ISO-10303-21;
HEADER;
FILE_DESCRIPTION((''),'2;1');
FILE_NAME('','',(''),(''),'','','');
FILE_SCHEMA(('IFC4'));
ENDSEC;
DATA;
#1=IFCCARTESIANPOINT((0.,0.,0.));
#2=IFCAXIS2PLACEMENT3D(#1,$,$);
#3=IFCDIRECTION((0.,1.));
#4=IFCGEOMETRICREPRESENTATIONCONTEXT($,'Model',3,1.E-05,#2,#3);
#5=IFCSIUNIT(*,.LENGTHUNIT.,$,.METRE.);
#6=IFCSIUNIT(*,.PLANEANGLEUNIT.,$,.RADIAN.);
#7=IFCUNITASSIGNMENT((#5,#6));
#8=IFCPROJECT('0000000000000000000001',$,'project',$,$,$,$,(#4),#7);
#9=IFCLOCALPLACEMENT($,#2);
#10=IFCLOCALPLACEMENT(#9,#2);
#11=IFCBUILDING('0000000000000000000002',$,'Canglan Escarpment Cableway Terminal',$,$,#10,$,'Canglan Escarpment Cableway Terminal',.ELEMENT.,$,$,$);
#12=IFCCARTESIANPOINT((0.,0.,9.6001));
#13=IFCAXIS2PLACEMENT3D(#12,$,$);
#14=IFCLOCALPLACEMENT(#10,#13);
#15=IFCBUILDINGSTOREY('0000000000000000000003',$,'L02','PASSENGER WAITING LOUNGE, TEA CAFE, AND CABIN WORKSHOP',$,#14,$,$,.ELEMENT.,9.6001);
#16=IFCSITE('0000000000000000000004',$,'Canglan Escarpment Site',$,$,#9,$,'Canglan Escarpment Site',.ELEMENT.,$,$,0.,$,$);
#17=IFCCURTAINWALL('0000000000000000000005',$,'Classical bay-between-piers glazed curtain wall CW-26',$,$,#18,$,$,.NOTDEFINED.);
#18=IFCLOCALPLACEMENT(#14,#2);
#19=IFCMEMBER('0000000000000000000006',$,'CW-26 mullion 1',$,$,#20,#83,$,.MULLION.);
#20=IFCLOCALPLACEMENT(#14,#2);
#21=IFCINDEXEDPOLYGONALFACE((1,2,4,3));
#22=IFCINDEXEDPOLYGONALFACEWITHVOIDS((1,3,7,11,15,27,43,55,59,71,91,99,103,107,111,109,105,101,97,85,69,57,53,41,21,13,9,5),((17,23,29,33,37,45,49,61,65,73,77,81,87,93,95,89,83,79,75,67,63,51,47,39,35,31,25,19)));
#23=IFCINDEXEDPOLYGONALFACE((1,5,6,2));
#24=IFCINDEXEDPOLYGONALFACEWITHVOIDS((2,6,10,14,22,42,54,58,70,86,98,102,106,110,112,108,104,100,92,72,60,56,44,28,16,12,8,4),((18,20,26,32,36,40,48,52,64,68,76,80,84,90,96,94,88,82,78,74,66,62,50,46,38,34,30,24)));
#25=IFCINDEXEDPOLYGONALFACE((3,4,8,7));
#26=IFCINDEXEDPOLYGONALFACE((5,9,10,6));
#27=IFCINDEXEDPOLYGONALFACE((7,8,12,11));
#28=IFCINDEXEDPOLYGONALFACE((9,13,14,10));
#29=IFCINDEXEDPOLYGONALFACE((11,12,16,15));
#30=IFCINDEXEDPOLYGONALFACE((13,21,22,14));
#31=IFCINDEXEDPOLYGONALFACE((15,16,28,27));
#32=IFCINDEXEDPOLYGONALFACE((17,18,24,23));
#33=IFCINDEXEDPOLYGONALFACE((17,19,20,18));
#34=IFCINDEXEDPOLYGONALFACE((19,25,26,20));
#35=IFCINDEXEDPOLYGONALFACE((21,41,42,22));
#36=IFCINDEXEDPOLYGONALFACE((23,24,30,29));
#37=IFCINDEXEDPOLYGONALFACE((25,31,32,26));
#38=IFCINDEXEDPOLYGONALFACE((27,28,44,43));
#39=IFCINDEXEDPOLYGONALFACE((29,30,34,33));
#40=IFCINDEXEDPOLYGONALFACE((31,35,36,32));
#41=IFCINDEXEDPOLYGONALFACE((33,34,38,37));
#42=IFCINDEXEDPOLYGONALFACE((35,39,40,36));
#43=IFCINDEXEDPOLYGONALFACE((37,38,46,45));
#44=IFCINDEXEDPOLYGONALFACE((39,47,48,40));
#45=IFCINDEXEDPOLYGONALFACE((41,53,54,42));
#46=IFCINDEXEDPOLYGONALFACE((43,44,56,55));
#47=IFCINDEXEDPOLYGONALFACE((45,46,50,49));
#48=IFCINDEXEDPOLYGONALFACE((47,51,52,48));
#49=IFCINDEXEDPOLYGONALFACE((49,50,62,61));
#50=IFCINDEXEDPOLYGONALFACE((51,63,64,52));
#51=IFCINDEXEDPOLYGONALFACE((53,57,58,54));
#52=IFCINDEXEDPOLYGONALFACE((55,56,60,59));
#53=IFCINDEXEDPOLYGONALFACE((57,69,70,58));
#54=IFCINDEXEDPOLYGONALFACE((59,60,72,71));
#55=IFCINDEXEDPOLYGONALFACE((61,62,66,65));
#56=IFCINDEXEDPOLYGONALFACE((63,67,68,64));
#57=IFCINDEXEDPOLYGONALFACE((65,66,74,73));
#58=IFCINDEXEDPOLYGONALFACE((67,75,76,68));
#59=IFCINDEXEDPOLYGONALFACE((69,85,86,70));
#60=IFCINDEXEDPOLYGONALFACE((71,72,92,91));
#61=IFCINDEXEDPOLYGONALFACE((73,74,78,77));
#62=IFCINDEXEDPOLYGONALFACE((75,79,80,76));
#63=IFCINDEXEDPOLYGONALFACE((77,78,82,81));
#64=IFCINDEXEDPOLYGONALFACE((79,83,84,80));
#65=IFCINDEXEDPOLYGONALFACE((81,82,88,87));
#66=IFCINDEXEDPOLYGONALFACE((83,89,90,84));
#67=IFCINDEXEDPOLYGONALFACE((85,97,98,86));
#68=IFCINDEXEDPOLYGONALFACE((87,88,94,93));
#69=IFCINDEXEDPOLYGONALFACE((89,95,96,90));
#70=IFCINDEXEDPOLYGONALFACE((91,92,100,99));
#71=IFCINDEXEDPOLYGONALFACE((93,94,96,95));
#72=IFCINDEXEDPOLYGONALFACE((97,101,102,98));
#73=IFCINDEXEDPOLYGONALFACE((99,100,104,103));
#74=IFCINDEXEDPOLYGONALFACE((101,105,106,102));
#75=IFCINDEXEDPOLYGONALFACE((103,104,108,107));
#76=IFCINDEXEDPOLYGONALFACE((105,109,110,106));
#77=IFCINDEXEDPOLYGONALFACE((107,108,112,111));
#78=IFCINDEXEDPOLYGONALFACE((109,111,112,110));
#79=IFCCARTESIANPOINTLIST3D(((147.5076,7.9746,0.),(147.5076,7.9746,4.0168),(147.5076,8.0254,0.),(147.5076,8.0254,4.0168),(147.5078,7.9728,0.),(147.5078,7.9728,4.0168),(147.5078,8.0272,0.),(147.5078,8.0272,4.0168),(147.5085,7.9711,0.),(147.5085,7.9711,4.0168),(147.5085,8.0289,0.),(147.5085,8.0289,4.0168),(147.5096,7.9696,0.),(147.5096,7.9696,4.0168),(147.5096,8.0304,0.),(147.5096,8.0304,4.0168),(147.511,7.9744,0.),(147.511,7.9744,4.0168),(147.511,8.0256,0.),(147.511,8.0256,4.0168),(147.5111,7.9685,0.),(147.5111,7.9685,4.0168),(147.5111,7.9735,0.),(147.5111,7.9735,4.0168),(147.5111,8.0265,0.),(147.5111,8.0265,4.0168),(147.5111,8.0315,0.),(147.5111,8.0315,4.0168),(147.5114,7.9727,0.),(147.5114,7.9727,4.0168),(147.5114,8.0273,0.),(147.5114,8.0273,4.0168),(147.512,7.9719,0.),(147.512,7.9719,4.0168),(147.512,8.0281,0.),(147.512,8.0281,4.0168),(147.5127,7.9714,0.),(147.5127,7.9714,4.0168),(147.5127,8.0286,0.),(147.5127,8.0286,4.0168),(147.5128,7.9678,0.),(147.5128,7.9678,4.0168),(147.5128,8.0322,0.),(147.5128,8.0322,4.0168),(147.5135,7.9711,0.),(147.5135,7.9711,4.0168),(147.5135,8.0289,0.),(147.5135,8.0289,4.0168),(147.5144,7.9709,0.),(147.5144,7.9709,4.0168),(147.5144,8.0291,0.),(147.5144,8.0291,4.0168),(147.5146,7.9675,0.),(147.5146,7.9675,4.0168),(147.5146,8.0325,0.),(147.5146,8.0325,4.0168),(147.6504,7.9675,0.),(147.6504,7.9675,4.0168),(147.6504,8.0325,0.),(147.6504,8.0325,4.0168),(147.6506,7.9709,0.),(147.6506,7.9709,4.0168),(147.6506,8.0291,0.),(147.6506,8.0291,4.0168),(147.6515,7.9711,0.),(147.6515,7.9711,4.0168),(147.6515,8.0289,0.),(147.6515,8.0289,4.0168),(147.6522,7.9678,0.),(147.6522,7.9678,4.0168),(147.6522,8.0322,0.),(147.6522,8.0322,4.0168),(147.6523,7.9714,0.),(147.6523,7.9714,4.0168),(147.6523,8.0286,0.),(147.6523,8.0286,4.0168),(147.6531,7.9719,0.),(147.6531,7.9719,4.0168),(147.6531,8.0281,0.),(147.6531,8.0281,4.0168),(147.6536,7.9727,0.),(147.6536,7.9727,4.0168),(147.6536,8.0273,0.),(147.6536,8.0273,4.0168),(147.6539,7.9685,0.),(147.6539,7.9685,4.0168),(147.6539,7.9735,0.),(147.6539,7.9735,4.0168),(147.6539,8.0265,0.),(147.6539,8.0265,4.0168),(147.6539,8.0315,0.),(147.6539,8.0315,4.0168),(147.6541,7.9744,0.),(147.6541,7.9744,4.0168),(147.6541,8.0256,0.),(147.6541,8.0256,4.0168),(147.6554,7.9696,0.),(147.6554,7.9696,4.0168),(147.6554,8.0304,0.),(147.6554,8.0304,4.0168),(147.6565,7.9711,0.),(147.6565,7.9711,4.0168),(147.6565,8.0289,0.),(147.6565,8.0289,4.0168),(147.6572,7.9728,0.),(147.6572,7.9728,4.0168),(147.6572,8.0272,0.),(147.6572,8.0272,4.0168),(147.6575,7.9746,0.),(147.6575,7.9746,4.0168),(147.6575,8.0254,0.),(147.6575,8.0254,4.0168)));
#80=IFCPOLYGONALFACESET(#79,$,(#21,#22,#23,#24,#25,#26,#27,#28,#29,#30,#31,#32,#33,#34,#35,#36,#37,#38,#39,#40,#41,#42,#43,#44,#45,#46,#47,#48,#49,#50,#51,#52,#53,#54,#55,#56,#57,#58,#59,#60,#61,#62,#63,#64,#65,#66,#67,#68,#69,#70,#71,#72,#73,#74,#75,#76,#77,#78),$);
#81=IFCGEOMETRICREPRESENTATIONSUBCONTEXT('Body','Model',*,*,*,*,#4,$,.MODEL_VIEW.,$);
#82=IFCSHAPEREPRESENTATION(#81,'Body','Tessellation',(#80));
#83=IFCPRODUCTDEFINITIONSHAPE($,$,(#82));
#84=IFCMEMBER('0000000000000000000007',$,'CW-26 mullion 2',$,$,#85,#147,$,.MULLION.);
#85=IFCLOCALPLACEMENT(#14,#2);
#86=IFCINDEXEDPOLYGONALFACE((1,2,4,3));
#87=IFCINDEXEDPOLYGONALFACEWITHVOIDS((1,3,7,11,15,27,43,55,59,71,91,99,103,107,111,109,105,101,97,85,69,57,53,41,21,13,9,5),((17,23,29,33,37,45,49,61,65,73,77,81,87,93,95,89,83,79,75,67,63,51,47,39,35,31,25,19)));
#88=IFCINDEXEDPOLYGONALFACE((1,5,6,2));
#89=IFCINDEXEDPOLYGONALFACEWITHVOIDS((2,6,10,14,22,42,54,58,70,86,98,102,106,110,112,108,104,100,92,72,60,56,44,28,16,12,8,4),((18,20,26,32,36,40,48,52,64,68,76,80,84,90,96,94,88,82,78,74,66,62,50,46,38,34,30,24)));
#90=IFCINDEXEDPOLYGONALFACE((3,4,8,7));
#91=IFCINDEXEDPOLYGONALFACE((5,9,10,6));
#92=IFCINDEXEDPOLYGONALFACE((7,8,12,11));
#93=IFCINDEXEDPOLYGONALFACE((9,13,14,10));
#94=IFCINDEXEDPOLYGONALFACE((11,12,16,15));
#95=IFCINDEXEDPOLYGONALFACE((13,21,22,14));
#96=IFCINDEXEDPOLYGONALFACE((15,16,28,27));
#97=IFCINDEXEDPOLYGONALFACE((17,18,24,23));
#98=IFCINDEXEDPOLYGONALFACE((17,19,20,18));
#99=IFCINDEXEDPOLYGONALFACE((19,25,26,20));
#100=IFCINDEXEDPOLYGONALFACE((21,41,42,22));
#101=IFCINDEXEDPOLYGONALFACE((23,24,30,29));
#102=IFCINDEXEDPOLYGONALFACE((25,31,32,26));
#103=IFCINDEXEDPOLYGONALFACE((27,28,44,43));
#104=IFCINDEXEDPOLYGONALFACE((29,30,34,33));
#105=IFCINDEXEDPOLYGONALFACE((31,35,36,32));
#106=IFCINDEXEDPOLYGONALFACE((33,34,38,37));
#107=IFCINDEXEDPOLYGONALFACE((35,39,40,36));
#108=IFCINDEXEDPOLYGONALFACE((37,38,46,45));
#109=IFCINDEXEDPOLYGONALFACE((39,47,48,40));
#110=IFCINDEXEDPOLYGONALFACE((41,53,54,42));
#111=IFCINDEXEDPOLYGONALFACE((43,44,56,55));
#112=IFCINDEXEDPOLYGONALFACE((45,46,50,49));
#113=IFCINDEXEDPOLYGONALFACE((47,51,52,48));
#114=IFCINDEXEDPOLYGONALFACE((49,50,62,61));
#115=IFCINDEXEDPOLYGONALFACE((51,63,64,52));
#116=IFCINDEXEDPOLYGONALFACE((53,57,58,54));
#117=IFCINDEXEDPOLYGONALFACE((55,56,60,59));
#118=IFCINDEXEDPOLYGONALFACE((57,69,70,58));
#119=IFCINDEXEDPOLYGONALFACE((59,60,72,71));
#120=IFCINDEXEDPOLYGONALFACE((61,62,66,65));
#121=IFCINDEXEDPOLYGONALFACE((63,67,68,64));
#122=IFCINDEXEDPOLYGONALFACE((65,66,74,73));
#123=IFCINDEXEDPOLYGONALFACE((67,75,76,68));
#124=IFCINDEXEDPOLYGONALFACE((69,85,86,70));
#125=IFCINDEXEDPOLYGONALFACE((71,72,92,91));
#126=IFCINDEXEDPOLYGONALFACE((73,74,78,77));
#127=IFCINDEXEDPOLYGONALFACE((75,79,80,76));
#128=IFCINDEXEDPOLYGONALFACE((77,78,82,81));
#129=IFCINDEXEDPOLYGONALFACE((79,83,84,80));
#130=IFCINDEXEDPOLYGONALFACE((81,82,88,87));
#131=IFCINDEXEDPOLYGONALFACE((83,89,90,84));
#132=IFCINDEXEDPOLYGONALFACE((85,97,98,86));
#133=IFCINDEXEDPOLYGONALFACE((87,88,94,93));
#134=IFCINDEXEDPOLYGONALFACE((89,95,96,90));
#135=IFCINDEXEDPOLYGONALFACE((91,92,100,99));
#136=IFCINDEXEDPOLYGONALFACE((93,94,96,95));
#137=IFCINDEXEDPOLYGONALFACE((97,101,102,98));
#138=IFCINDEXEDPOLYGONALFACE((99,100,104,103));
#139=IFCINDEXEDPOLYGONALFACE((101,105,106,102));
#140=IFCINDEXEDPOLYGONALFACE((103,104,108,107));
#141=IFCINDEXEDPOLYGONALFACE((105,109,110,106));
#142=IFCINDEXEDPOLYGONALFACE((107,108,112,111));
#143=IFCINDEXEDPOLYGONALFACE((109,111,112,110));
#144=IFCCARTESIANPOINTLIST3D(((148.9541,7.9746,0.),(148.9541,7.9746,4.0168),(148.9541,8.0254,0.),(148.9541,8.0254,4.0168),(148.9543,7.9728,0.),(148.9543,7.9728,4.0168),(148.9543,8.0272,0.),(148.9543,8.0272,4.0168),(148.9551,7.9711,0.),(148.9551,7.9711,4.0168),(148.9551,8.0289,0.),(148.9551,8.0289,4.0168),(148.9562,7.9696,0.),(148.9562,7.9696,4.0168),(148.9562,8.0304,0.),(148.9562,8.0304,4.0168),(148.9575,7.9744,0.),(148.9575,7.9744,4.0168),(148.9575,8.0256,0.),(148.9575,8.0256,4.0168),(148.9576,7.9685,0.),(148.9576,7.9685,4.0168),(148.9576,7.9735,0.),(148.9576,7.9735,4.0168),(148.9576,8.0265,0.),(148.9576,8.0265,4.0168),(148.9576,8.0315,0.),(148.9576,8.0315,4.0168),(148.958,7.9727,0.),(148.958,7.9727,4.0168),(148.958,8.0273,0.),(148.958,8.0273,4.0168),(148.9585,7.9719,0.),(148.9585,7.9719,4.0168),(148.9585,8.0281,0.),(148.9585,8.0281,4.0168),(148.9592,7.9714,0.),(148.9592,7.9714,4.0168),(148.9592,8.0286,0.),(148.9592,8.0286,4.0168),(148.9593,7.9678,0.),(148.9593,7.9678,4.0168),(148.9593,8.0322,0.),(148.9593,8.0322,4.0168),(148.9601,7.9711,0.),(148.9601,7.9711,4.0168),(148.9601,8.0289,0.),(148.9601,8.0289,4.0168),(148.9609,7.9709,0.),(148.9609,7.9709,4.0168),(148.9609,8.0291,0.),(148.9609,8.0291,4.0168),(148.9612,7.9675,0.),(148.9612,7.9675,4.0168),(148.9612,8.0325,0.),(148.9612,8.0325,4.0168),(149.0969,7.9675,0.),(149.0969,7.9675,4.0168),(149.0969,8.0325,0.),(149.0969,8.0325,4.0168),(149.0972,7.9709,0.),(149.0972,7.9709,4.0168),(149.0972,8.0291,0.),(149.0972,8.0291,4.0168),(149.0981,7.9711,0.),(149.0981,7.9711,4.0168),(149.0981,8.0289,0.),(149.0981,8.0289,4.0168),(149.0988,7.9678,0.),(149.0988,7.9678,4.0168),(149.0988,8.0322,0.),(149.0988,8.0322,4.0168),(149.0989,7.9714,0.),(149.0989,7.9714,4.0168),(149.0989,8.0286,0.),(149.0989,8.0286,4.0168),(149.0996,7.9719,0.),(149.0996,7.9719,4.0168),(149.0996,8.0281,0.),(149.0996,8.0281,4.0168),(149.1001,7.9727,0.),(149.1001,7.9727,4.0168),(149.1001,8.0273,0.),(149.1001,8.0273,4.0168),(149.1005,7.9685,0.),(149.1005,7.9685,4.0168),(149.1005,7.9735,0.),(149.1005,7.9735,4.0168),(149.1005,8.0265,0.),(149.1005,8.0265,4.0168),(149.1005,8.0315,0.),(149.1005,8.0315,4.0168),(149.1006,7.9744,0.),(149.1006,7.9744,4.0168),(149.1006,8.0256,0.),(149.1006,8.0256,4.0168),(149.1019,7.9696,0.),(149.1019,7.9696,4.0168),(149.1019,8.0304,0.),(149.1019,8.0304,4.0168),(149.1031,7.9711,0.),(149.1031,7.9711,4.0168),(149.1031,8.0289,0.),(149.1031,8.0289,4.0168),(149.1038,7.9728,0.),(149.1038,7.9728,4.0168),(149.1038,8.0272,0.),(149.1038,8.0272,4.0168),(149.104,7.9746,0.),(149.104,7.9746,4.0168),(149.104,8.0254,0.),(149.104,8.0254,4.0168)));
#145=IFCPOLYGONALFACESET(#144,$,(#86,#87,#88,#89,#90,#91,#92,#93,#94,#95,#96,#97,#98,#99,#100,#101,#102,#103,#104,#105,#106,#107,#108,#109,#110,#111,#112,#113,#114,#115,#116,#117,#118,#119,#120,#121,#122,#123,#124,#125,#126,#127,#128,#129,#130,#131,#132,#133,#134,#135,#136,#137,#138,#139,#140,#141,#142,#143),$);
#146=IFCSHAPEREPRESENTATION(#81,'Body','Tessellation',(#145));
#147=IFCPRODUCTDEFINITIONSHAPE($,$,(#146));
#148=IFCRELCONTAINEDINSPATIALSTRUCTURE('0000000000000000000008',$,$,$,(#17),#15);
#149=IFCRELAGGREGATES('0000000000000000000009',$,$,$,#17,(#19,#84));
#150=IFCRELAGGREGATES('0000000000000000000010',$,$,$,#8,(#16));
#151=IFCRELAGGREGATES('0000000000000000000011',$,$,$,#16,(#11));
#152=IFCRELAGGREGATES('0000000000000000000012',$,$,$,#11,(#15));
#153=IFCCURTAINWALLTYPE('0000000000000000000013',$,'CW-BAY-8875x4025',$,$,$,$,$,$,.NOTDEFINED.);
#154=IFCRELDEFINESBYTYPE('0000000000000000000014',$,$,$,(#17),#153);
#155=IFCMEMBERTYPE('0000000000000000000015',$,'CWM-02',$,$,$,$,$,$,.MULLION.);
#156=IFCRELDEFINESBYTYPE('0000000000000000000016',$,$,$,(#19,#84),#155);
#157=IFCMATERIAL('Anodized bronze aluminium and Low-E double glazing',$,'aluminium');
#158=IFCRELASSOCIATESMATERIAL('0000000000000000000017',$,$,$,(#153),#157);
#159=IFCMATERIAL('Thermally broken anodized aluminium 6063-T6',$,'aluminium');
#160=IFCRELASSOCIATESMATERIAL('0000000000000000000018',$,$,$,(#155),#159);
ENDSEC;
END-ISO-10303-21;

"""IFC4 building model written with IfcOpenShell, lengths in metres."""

from ifc_helpers import new_model, si_unit, direction, frame, origin, origin_2d, place, context, subcontext, project, spatial, hollow_rectangle, extrude, material, material_profile, profile_set, type_object, element, aggregate, save


model = new_model("IFC4")

# Units and contexts
model_context = context("Model", 3, precision=1e-05, world=origin(), true_north=direction((0.0, 1.0)))
body_context = subcontext(model_context, "Body", "Model", "MODEL_VIEW")
ifc_project = project(units=[si_unit("LENGTHUNIT", "METRE"), si_unit("PLANEANGLEUNIT", "RADIAN")], contexts=[model_context])

# Site, building, storey
site_placement = place(None, origin())
site = spatial("IfcSite", under=ifc_project, at=site_placement, Name="Canglan Escarpment Site", LongName="Canglan Escarpment Site", CompositionType="ELEMENT", RefElevation=0.0)
building_placement = place(site_placement, origin())
building = spatial("IfcBuilding", under=site, at=building_placement, Name="Canglan Escarpment Cableway Terminal", LongName="Canglan Escarpment Cableway Terminal", CompositionType="ELEMENT")
storey_placement = place(building_placement, frame((0.0, 0.0, 9.6001)))
storey = spatial("IfcBuildingStorey", under=building, at=storey_placement, Name="L02", Description="PASSENGER WAITING LOUNGE, TEA CAFE, AND CABIN WORKSHOP", CompositionType="ELEMENT", Elevation=9.6001)

# Curtain wall, members
ifc_material_1 = material(Name="Anodized bronze aluminium and Low-E double glazing", Category="aluminium")
curtain_wall_type = type_object("IfcCurtainWallType", Name="CW-BAY-8875x4025", PredefinedType="NOTDEFINED", material=ifc_material_1)
curtain_wall_placement = place(storey_placement, origin())
curtain_wall = element("IfcCurtainWall", 1, at=curtain_wall_placement, inside=storey, type_object=curtain_wall_type, Name="Classical bay-between-piers glazed curtain wall CW-26", PredefinedType="NOTDEFINED")
ifc_material_2 = material(Name="Thermally broken anodized aluminium 6063-T6", Category="aluminium")
ifc_material_profile_1 = material_profile(ifc_material_2, hollow_rectangle(XDim=0.0649, YDim=0.1499, WallThickness=0.0034, InnerFilletRadius=0.0034, OuterFilletRadius=0.0071, at=origin_2d()), Name="ALU-MULL 65x150x3.5")
ifc_profile_set_1 = profile_set([ifc_material_profile_1], Name="Thermally broken anodized aluminium 6063-T6")
member_type_1 = type_object("IfcMemberType", Name="CWM-02", PredefinedType="MULLION", material=ifc_profile_set_1)
member_1_placement = place(storey_placement, frame((147.5825, 8.0, 0.0), z_axis=(0.0, 0.0, 1.0), x_axis=(0.0, 1.0, 0.0)))
member_1 = element("IfcMember", 2, at=member_1_placement, type_object=member_type_1, Name="CW-26 mullion 1", PredefinedType="MULLION", context=body_context, shape_type="SweptSolid", body=[
    extrude(hollow_rectangle(XDim=0.0649, YDim=0.1499, WallThickness=0.0034, InnerFilletRadius=0.0034, OuterFilletRadius=0.0071, at=origin_2d()), origin(), (0.0, 0.0, 1.0), 4.0168),
])
member_2_placement = place(storey_placement, frame((149.0291, 8.0, 0.0), z_axis=(0.0, 0.0, 1.0), x_axis=(0.0, 1.0, 0.0)))
member_2 = element("IfcMember", 3, at=member_2_placement, type_object=member_type_1, Name="CW-26 mullion 2", PredefinedType="MULLION", context=body_context, shape_type="SweptSolid", body=[
    extrude(hollow_rectangle(XDim=0.0649, YDim=0.1499, WallThickness=0.0034, InnerFilletRadius=0.0034, OuterFilletRadius=0.0071, at=origin_2d()), origin(), (0.0, 0.0, 1.0), 4.0168),
])
aggregate(curtain_wall, [member_1, member_2])

save(model, "model.ifc")
